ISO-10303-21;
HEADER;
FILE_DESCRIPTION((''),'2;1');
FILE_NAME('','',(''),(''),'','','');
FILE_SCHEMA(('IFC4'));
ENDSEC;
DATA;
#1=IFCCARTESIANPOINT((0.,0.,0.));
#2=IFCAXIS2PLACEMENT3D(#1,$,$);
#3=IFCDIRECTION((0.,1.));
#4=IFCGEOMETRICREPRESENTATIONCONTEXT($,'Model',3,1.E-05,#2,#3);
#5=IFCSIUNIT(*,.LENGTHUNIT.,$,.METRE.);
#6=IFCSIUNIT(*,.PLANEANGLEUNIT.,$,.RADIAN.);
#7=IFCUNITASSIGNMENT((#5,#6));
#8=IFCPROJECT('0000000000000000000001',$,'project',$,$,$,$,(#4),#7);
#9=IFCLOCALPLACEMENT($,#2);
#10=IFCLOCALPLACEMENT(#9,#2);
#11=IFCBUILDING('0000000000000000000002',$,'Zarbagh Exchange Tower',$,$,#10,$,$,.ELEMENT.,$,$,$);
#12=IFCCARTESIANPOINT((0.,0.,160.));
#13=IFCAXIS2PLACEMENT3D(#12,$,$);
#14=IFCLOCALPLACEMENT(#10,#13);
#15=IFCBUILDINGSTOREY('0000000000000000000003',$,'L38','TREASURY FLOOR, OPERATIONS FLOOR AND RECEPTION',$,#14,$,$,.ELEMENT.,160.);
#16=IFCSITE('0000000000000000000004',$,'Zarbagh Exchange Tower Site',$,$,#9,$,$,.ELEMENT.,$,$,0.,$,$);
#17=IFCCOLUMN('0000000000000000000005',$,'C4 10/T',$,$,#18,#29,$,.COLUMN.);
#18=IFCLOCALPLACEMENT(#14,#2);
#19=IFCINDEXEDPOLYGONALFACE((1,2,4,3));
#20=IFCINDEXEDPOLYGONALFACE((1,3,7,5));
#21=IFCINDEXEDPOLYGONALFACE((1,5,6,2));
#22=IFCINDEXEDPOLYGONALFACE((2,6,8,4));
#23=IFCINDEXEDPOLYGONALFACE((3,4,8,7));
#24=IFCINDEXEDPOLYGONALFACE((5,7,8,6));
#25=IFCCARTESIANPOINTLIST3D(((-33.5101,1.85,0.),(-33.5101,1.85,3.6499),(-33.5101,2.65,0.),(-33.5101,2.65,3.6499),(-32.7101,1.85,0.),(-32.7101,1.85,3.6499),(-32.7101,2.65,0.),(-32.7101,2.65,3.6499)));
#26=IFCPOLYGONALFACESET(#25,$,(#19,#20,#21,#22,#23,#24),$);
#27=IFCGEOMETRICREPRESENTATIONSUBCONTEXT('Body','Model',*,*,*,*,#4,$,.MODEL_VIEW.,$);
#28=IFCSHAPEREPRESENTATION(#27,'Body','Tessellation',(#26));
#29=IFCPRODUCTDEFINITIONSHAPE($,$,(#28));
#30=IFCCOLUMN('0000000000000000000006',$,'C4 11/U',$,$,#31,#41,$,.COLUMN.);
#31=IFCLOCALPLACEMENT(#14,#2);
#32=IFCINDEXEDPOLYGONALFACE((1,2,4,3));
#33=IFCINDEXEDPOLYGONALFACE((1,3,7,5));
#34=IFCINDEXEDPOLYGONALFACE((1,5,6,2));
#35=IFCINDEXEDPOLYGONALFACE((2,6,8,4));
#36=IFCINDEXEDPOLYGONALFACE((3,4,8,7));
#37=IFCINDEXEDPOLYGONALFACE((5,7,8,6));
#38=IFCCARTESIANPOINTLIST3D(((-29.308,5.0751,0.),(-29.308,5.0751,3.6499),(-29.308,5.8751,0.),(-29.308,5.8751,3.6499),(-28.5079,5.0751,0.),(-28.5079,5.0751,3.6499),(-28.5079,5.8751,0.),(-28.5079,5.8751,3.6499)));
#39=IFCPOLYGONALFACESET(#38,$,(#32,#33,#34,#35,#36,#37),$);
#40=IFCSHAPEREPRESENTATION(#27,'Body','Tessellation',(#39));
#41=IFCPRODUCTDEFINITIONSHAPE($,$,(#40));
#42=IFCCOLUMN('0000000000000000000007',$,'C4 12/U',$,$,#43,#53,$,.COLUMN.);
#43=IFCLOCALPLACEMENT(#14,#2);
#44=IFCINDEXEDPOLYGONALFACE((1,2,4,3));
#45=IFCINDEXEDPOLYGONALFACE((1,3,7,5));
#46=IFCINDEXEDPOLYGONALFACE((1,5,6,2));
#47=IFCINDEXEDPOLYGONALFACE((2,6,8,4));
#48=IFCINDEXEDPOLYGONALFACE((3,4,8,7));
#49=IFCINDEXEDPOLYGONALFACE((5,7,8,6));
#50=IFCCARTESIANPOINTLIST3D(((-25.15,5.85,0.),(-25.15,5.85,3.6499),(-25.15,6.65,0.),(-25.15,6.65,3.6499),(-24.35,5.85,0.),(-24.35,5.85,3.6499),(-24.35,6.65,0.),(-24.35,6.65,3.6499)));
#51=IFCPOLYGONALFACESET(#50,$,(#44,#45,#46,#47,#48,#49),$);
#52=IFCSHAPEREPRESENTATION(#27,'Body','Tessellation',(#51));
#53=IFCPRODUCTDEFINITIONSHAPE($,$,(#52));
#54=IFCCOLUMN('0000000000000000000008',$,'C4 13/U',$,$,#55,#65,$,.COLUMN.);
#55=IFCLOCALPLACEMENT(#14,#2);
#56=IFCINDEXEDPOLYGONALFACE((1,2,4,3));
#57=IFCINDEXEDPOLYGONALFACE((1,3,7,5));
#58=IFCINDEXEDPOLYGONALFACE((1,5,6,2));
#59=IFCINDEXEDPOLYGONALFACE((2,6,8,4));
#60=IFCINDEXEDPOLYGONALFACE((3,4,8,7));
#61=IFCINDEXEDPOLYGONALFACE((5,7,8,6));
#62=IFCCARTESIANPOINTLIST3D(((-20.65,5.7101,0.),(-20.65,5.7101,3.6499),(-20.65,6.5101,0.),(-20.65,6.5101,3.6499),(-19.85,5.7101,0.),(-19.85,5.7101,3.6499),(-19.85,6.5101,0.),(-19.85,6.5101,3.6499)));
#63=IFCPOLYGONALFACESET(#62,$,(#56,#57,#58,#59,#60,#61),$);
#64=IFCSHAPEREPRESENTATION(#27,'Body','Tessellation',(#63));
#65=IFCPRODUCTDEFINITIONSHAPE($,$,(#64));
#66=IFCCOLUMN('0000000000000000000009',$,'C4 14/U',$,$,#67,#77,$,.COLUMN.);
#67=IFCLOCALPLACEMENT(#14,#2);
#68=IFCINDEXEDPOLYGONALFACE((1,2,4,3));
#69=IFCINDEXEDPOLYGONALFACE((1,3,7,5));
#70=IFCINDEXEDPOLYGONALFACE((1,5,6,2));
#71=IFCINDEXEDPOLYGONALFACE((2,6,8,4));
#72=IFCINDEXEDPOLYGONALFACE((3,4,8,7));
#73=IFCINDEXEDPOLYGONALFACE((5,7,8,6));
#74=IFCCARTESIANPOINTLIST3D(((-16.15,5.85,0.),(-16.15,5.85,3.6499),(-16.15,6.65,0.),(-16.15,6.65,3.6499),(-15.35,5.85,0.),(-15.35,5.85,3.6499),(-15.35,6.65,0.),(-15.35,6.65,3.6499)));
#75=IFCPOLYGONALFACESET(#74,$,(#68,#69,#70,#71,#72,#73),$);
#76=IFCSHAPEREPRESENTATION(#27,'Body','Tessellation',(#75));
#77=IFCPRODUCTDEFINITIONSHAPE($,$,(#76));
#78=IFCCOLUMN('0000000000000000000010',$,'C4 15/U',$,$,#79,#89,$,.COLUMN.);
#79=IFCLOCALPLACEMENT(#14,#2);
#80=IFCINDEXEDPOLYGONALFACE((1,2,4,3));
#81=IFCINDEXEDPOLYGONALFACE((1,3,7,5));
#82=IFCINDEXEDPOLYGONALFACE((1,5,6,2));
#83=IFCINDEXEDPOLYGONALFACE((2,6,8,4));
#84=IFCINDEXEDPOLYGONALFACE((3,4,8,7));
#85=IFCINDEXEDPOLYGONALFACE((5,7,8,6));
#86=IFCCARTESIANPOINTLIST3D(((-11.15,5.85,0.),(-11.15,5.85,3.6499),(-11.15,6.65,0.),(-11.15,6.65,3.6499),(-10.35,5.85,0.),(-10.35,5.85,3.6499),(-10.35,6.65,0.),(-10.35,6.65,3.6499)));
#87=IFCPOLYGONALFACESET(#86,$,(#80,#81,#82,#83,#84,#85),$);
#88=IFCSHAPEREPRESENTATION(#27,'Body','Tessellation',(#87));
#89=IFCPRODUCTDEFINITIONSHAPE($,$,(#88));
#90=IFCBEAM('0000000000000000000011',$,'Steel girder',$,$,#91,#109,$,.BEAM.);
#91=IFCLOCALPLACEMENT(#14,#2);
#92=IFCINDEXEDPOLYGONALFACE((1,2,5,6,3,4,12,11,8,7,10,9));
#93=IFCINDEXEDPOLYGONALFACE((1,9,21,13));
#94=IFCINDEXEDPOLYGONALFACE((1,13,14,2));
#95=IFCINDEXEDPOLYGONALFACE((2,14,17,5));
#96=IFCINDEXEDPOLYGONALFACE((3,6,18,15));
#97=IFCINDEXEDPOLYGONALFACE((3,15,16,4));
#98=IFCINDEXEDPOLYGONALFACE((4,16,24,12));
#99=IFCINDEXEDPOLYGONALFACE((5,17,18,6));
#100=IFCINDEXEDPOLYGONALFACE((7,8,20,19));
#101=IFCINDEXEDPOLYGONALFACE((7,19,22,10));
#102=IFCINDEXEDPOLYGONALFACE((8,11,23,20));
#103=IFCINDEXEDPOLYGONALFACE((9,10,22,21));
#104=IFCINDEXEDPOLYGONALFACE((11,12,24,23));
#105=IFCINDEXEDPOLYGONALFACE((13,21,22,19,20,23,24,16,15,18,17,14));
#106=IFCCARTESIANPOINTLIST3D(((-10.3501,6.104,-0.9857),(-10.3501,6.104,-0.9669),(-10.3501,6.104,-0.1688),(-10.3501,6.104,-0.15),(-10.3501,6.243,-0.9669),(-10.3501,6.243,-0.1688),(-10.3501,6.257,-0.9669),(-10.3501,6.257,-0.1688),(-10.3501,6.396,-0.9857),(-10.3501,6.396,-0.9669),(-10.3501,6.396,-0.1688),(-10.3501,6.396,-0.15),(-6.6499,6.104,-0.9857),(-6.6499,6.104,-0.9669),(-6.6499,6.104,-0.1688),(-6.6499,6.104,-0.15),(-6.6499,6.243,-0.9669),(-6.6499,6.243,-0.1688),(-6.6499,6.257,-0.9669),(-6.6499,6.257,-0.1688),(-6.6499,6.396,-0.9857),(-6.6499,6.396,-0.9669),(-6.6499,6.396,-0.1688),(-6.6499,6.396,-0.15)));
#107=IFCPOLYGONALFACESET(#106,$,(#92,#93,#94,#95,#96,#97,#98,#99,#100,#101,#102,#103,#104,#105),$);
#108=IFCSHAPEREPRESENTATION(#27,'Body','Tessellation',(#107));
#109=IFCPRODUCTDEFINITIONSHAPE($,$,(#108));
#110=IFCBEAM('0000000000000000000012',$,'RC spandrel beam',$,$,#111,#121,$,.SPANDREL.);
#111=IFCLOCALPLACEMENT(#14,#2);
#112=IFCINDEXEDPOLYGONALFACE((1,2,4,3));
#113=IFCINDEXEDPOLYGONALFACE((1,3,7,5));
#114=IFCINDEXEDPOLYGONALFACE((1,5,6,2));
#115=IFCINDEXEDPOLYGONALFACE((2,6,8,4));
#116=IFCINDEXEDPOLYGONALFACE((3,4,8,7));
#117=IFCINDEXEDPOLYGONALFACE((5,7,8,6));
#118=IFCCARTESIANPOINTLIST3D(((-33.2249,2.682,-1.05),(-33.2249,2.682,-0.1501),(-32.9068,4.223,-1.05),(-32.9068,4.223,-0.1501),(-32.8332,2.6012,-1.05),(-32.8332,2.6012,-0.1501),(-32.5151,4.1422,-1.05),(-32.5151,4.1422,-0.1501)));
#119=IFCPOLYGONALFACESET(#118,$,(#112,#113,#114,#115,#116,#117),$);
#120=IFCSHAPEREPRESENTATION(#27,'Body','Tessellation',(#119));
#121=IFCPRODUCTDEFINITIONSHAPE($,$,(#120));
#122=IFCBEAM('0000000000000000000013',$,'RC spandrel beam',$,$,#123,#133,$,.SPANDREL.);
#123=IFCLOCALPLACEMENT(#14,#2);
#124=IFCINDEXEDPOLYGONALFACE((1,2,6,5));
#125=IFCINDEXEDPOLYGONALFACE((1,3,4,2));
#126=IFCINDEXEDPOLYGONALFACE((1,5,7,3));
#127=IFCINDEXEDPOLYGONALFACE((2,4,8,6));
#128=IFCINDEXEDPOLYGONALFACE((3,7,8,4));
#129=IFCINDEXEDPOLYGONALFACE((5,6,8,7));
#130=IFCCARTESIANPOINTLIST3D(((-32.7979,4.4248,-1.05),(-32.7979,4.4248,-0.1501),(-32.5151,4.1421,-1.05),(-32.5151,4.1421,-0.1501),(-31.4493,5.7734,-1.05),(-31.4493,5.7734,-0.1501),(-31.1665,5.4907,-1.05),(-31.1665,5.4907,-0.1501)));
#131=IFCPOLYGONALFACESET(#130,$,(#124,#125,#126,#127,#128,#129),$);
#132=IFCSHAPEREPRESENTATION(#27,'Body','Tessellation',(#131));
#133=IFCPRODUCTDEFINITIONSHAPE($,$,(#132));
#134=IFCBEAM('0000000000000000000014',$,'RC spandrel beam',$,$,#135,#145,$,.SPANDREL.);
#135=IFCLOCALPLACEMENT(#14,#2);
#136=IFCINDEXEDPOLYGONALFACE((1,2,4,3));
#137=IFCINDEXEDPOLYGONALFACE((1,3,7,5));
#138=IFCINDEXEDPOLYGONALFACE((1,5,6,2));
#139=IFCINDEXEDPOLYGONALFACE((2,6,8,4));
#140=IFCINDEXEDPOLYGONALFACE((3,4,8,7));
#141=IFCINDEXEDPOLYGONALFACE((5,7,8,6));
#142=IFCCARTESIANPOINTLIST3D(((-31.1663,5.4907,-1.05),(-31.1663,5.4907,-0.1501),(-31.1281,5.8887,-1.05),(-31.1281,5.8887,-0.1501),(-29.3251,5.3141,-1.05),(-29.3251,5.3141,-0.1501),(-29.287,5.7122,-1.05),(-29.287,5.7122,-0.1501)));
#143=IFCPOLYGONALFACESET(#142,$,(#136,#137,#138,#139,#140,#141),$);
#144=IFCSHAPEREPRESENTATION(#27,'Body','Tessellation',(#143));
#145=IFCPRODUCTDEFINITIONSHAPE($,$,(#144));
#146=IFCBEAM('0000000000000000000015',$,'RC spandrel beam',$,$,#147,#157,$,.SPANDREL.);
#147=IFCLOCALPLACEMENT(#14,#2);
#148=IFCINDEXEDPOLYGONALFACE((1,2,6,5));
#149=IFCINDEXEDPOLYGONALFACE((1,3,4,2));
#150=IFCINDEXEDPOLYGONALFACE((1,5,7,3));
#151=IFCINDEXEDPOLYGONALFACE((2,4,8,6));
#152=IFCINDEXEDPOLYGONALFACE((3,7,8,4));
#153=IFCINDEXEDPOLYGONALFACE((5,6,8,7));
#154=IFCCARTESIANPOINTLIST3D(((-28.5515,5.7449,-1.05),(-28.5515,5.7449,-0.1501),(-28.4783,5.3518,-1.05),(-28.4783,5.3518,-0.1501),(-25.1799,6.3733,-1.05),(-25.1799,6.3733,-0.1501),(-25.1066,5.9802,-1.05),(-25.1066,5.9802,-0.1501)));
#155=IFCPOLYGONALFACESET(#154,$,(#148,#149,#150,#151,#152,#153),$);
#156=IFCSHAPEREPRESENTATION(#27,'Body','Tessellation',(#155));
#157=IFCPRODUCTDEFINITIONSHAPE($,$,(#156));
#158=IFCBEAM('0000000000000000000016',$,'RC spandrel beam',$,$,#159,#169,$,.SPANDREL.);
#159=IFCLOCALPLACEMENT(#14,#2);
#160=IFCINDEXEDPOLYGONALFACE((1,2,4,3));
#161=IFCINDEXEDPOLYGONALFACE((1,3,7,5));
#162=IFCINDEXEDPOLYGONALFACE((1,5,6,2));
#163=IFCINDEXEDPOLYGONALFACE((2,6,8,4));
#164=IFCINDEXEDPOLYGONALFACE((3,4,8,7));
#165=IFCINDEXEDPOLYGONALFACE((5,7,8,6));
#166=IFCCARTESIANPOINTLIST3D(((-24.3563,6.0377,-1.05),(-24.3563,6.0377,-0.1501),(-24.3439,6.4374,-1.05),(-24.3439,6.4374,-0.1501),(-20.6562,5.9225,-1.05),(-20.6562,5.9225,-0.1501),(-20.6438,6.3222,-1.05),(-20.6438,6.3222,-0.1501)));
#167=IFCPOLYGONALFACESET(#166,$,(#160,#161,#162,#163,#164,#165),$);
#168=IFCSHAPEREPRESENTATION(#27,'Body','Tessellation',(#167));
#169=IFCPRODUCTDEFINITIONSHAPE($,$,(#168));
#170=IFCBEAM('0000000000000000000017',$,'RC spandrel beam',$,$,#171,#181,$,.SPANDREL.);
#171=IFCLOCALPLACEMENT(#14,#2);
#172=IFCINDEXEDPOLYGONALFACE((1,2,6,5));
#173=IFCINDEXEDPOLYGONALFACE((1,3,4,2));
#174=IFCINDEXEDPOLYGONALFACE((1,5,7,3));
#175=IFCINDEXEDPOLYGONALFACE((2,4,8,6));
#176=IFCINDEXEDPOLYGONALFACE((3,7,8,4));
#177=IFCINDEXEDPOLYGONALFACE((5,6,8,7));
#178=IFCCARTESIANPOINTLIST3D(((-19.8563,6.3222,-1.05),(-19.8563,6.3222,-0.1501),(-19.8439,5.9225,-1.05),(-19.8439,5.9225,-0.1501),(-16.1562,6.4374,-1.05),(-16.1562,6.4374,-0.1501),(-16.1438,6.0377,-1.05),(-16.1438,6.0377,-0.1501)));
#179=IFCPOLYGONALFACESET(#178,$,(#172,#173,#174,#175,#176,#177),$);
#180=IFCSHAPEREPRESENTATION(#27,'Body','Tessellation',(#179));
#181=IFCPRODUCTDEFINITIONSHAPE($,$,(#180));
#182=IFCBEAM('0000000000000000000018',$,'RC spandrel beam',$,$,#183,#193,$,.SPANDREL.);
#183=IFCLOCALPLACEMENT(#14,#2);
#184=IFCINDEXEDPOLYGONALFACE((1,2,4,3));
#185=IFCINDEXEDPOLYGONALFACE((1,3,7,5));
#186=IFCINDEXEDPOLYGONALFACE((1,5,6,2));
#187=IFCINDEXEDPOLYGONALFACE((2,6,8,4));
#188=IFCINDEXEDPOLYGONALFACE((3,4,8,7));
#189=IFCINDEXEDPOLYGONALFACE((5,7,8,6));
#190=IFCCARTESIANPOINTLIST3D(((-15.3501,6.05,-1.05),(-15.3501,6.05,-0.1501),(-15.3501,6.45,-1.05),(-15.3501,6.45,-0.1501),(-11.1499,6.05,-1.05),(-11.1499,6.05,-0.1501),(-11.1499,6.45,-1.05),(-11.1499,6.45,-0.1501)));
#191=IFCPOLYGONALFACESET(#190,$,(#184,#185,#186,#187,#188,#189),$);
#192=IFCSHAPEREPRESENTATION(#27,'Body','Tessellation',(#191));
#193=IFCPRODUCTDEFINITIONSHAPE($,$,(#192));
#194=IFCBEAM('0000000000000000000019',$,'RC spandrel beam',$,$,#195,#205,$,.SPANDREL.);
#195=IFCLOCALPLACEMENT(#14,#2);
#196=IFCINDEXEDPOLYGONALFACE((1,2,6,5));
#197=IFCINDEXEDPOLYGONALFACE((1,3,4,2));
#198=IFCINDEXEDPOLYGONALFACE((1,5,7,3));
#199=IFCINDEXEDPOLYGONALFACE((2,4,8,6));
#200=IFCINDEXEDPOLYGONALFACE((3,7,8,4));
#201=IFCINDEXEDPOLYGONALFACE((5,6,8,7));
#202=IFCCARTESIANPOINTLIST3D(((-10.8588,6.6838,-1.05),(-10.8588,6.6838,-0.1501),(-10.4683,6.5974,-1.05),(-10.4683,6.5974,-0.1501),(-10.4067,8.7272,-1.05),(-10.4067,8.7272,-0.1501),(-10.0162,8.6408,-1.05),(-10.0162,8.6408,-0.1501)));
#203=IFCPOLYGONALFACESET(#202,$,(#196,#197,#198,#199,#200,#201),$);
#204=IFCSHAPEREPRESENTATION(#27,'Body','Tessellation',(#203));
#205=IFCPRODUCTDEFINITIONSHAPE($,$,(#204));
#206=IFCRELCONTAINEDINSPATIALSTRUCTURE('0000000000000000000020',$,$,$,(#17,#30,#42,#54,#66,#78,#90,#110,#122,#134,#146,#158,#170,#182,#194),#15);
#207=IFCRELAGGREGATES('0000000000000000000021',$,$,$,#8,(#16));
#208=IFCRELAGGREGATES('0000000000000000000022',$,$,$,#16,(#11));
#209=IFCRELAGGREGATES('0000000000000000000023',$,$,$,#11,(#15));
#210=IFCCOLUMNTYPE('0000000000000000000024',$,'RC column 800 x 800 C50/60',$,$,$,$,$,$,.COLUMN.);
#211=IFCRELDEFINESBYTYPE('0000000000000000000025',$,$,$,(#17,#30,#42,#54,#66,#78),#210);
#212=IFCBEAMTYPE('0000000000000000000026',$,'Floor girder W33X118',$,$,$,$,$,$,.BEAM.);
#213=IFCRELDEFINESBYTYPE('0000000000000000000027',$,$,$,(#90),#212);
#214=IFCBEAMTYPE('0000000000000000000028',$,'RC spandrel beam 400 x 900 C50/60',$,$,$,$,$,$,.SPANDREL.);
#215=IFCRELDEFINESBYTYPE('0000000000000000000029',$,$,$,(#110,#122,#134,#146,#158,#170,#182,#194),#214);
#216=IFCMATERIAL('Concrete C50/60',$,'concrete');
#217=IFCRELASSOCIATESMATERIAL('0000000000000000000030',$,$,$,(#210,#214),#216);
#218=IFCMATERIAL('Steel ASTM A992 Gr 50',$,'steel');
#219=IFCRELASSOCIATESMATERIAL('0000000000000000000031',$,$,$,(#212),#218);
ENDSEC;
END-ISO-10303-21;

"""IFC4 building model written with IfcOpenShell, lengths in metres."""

from ifc_helpers import new_model, si_unit, direction, frame, origin, origin_2d, place, context, subcontext, project, spatial, rectangle, i_section, extrude, material, material_profile, profile_set, type_object, element, save


model = new_model("IFC4")

# Units and contexts
model_context = context("Model", 3, precision=1e-05, world=origin(), true_north=direction((0.0, 1.0)))
body_context = subcontext(model_context, "Body", "Model", "MODEL_VIEW")
ifc_project = project(units=[si_unit("LENGTHUNIT", "METRE"), si_unit("PLANEANGLEUNIT", "RADIAN")], contexts=[model_context])

# Site, building, storey
site_placement = place(None, origin())
site = spatial("IfcSite", under=ifc_project, at=site_placement, Name="Zarbagh Exchange Tower Site", CompositionType="ELEMENT", RefElevation=0.0)
building_placement = place(site_placement, origin())
building = spatial("IfcBuilding", under=site, at=building_placement, Name="Zarbagh Exchange Tower", CompositionType="ELEMENT")
storey_placement = place(building_placement, frame((0.0, 0.0, 160.0)))
storey = spatial("IfcBuildingStorey", under=building, at=storey_placement, Name="L38", Description="TREASURY FLOOR, OPERATIONS FLOOR AND RECEPTION", CompositionType="ELEMENT", Elevation=160.0)

# Columns
ifc_material_1 = material(Name="Concrete C50/60", Category="concrete")
ifc_material_profile_1 = material_profile(ifc_material_1, rectangle(XDim=0.8, YDim=0.8, at=origin_2d()), Name="RC column 800 x 800 C50/60")
ifc_profile_set_1 = profile_set([ifc_material_profile_1], Name="Concrete C50/60")
column_type = type_object("IfcColumnType", Name="RC column 800 x 800 C50/60", PredefinedType="COLUMN", material=ifc_profile_set_1)
for number, where, z_axis, x_axis, name in (
    (1, (-33.1101, 2.25, 0.0), (0.0, 0.0, 1.0), (1.0, 0.0, 0.0), "C4 10/T"),
    (2, (-28.908, 5.4751, 0.0), (0.0, 0.0, 1.0), (1.0, 0.0, 0.0), "C4 11/U"),
    (3, (-24.75, 6.25, 0.0), (0.0, 0.0, 1.0), (1.0, 0.0, 0.0), "C4 12/U"),
    (4, (-20.25, 6.1101, 0.0), (0.0, 0.0, 1.0), (1.0, 0.0, 0.0), "C4 13/U"),
    (5, (-15.75, 6.25, 0.0), (0.0, 0.0, 1.0), (1.0, 0.0, 0.0), "C4 14/U"),
    (6, (-10.75, 6.25, 0.0), (0.0, 0.0, 1.0), (1.0, 0.0, 0.0), "C4 15/U"),
):
    element("IfcColumn", number, at=place(storey_placement, frame(where, z_axis=z_axis, x_axis=x_axis)), inside=storey, type_object=column_type, Name=name, PredefinedType="COLUMN", context=body_context, shape_type="SweptSolid", body=[
        extrude(rectangle(XDim=0.8, YDim=0.8, at=origin_2d()), origin(), (0.0, 0.0, 1.0), 3.6499),
    ])

# Beams
ifc_material_2 = material(Name="Steel ASTM A992 Gr 50", Category="steel")
ifc_material_profile_2 = material_profile(ifc_material_2, i_section(OverallWidth=0.292, OverallDepth=0.8357, WebThickness=0.0139, FlangeThickness=0.0188, at=origin_2d()), Name="W33X118")
ifc_profile_set_2 = profile_set([ifc_material_profile_2], Name="Steel ASTM A992 Gr 50")
beam_type_1 = type_object("IfcBeamType", Name="Floor girder W33X118", PredefinedType="BEAM", material=ifc_profile_set_2)
beam_1_placement = place(storey_placement, frame((-10.3501, 6.25, -0.5679), z_axis=(1.0, 0.0, 0.0), x_axis=(0.0, 1.0, 0.0)))
element("IfcBeam", 7, at=beam_1_placement, inside=storey, type_object=beam_type_1, Name="Steel girder", PredefinedType="BEAM", context=body_context, shape_type="SweptSolid", body=[
    extrude(i_section(OverallWidth=0.292, OverallDepth=0.8357, WebThickness=0.0139, FlangeThickness=0.0188, at=origin_2d()), origin(), (0.0, 0.0, 1.0), 3.7002),
])
ifc_material_profile_3 = material_profile(ifc_material_1, rectangle(XDim=0.3999, YDim=0.8999, at=origin_2d()), Name="RC spandrel beam 400 x 900 C50/60")
ifc_profile_set_3 = profile_set([ifc_material_profile_3], Name="Concrete C50/60")
beam_type_2 = type_object("IfcBeamType", Name="RC spandrel beam 400 x 900 C50/60", PredefinedType="SPANDREL", material=ifc_profile_set_3)
beam_2_placement = place(storey_placement, frame((-33.0291, 2.6416, -0.6001), z_axis=(0.202169, 0.979351, 0.0), x_axis=(-0.979351, 0.202169, 0.0)))
element("IfcBeam", 8, at=beam_2_placement, inside=storey, type_object=beam_type_2, Name="RC spandrel beam", PredefinedType="SPANDREL", context=body_context, shape_type="SweptSolid", body=[
    extrude(rectangle(XDim=0.3999, YDim=0.8999, at=origin_2d()), origin(), (0.0, 0.0, 1.0), 1.5735),
])
beam_3_placement = place(storey_placement, frame((-32.6565, 4.2834, -0.6001), z_axis=(0.707107, 0.707107, 0.0), x_axis=(-0.707107, 0.707107, 0.0)))
element("IfcBeam", 9, at=beam_3_placement, inside=storey, type_object=beam_type_2, Name="RC spandrel beam", PredefinedType="SPANDREL", context=body_context, shape_type="SweptSolid", body=[
    extrude(rectangle(XDim=0.3999, YDim=0.8999, at=origin_2d()), origin(), (0.0, 0.0, 1.0), 1.9072),
])
beam_4_placement = place(storey_placement, frame((-31.1472, 5.6897, -0.6001), z_axis=(0.995435, -0.095438, 0.0), x_axis=(0.095438, 0.995435, 0.0)))
element("IfcBeam", 10, at=beam_4_placement, inside=storey, type_object=beam_type_2, Name="RC spandrel beam", PredefinedType="SPANDREL", context=body_context, shape_type="SweptSolid", body=[
    extrude(rectangle(XDim=0.3999, YDim=0.8999, at=origin_2d()), origin(), (0.0, 0.0, 1.0), 1.8496),
])
beam_5_placement = place(storey_placement, frame((-28.5149, 5.5483, -0.6001), z_axis=(0.98307, 0.183231, 0.0), x_axis=(-0.183231, 0.98307, 0.0)))
element("IfcBeam", 11, at=beam_5_placement, inside=storey, type_object=beam_type_2, Name="RC spandrel beam", PredefinedType="SPANDREL", context=body_context, shape_type="SweptSolid", body=[
    extrude(rectangle(XDim=0.3999, YDim=0.8999, at=origin_2d()), origin(), (0.0, 0.0, 1.0), 3.4297),
])
for number, where, z_axis, x_axis, name in (
    (12, (-24.3501, 6.2375, -0.6001), (0.999515, -0.031128, 0.0), (0.031128, 0.999515, 0.0), "RC spandrel beam"),
    (13, (-19.8501, 6.1223, -0.6001), (0.999515, 0.031128, 0.0), (-0.031128, 0.999515, 0.0), "RC spandrel beam"),
):
    element("IfcBeam", number, at=place(storey_placement, frame(where, z_axis=z_axis, x_axis=x_axis)), inside=storey, type_object=beam_type_2, Name=name, PredefinedType="SPANDREL", context=body_context, shape_type="SweptSolid", body=[
        extrude(rectangle(XDim=0.3999, YDim=0.8999, at=origin_2d()), origin(), (0.0, 0.0, 1.0), 3.7019),
    ])
beam_6_placement = place(storey_placement, frame((-15.3501, 6.25, -0.6001), z_axis=(1.0, 0.0, 0.0), x_axis=(0.0, 1.0, 0.0)))
element("IfcBeam", 14, at=beam_6_placement, inside=storey, type_object=beam_type_2, Name="RC spandrel beam", PredefinedType="SPANDREL", context=body_context, shape_type="SweptSolid", body=[
    extrude(rectangle(XDim=0.3999, YDim=0.8999, at=origin_2d()), origin(), (0.0, 0.0, 1.0), 4.2002),
])
beam_7_placement = place(storey_placement, frame((-10.6636, 6.6406, -0.6001), z_axis=(0.216041, 0.976384, 0.0), x_axis=(-0.976384, 0.216041, 0.0)))
element("IfcBeam", 15, at=beam_7_placement, inside=storey, type_object=beam_type_2, Name="RC spandrel beam", PredefinedType="SPANDREL", context=body_context, shape_type="SweptSolid", body=[
    extrude(rectangle(XDim=0.3999, YDim=0.8999, at=origin_2d()), origin(), (0.0, 0.0, 1.0), 2.0928),
])

save(model, "model.ifc")
